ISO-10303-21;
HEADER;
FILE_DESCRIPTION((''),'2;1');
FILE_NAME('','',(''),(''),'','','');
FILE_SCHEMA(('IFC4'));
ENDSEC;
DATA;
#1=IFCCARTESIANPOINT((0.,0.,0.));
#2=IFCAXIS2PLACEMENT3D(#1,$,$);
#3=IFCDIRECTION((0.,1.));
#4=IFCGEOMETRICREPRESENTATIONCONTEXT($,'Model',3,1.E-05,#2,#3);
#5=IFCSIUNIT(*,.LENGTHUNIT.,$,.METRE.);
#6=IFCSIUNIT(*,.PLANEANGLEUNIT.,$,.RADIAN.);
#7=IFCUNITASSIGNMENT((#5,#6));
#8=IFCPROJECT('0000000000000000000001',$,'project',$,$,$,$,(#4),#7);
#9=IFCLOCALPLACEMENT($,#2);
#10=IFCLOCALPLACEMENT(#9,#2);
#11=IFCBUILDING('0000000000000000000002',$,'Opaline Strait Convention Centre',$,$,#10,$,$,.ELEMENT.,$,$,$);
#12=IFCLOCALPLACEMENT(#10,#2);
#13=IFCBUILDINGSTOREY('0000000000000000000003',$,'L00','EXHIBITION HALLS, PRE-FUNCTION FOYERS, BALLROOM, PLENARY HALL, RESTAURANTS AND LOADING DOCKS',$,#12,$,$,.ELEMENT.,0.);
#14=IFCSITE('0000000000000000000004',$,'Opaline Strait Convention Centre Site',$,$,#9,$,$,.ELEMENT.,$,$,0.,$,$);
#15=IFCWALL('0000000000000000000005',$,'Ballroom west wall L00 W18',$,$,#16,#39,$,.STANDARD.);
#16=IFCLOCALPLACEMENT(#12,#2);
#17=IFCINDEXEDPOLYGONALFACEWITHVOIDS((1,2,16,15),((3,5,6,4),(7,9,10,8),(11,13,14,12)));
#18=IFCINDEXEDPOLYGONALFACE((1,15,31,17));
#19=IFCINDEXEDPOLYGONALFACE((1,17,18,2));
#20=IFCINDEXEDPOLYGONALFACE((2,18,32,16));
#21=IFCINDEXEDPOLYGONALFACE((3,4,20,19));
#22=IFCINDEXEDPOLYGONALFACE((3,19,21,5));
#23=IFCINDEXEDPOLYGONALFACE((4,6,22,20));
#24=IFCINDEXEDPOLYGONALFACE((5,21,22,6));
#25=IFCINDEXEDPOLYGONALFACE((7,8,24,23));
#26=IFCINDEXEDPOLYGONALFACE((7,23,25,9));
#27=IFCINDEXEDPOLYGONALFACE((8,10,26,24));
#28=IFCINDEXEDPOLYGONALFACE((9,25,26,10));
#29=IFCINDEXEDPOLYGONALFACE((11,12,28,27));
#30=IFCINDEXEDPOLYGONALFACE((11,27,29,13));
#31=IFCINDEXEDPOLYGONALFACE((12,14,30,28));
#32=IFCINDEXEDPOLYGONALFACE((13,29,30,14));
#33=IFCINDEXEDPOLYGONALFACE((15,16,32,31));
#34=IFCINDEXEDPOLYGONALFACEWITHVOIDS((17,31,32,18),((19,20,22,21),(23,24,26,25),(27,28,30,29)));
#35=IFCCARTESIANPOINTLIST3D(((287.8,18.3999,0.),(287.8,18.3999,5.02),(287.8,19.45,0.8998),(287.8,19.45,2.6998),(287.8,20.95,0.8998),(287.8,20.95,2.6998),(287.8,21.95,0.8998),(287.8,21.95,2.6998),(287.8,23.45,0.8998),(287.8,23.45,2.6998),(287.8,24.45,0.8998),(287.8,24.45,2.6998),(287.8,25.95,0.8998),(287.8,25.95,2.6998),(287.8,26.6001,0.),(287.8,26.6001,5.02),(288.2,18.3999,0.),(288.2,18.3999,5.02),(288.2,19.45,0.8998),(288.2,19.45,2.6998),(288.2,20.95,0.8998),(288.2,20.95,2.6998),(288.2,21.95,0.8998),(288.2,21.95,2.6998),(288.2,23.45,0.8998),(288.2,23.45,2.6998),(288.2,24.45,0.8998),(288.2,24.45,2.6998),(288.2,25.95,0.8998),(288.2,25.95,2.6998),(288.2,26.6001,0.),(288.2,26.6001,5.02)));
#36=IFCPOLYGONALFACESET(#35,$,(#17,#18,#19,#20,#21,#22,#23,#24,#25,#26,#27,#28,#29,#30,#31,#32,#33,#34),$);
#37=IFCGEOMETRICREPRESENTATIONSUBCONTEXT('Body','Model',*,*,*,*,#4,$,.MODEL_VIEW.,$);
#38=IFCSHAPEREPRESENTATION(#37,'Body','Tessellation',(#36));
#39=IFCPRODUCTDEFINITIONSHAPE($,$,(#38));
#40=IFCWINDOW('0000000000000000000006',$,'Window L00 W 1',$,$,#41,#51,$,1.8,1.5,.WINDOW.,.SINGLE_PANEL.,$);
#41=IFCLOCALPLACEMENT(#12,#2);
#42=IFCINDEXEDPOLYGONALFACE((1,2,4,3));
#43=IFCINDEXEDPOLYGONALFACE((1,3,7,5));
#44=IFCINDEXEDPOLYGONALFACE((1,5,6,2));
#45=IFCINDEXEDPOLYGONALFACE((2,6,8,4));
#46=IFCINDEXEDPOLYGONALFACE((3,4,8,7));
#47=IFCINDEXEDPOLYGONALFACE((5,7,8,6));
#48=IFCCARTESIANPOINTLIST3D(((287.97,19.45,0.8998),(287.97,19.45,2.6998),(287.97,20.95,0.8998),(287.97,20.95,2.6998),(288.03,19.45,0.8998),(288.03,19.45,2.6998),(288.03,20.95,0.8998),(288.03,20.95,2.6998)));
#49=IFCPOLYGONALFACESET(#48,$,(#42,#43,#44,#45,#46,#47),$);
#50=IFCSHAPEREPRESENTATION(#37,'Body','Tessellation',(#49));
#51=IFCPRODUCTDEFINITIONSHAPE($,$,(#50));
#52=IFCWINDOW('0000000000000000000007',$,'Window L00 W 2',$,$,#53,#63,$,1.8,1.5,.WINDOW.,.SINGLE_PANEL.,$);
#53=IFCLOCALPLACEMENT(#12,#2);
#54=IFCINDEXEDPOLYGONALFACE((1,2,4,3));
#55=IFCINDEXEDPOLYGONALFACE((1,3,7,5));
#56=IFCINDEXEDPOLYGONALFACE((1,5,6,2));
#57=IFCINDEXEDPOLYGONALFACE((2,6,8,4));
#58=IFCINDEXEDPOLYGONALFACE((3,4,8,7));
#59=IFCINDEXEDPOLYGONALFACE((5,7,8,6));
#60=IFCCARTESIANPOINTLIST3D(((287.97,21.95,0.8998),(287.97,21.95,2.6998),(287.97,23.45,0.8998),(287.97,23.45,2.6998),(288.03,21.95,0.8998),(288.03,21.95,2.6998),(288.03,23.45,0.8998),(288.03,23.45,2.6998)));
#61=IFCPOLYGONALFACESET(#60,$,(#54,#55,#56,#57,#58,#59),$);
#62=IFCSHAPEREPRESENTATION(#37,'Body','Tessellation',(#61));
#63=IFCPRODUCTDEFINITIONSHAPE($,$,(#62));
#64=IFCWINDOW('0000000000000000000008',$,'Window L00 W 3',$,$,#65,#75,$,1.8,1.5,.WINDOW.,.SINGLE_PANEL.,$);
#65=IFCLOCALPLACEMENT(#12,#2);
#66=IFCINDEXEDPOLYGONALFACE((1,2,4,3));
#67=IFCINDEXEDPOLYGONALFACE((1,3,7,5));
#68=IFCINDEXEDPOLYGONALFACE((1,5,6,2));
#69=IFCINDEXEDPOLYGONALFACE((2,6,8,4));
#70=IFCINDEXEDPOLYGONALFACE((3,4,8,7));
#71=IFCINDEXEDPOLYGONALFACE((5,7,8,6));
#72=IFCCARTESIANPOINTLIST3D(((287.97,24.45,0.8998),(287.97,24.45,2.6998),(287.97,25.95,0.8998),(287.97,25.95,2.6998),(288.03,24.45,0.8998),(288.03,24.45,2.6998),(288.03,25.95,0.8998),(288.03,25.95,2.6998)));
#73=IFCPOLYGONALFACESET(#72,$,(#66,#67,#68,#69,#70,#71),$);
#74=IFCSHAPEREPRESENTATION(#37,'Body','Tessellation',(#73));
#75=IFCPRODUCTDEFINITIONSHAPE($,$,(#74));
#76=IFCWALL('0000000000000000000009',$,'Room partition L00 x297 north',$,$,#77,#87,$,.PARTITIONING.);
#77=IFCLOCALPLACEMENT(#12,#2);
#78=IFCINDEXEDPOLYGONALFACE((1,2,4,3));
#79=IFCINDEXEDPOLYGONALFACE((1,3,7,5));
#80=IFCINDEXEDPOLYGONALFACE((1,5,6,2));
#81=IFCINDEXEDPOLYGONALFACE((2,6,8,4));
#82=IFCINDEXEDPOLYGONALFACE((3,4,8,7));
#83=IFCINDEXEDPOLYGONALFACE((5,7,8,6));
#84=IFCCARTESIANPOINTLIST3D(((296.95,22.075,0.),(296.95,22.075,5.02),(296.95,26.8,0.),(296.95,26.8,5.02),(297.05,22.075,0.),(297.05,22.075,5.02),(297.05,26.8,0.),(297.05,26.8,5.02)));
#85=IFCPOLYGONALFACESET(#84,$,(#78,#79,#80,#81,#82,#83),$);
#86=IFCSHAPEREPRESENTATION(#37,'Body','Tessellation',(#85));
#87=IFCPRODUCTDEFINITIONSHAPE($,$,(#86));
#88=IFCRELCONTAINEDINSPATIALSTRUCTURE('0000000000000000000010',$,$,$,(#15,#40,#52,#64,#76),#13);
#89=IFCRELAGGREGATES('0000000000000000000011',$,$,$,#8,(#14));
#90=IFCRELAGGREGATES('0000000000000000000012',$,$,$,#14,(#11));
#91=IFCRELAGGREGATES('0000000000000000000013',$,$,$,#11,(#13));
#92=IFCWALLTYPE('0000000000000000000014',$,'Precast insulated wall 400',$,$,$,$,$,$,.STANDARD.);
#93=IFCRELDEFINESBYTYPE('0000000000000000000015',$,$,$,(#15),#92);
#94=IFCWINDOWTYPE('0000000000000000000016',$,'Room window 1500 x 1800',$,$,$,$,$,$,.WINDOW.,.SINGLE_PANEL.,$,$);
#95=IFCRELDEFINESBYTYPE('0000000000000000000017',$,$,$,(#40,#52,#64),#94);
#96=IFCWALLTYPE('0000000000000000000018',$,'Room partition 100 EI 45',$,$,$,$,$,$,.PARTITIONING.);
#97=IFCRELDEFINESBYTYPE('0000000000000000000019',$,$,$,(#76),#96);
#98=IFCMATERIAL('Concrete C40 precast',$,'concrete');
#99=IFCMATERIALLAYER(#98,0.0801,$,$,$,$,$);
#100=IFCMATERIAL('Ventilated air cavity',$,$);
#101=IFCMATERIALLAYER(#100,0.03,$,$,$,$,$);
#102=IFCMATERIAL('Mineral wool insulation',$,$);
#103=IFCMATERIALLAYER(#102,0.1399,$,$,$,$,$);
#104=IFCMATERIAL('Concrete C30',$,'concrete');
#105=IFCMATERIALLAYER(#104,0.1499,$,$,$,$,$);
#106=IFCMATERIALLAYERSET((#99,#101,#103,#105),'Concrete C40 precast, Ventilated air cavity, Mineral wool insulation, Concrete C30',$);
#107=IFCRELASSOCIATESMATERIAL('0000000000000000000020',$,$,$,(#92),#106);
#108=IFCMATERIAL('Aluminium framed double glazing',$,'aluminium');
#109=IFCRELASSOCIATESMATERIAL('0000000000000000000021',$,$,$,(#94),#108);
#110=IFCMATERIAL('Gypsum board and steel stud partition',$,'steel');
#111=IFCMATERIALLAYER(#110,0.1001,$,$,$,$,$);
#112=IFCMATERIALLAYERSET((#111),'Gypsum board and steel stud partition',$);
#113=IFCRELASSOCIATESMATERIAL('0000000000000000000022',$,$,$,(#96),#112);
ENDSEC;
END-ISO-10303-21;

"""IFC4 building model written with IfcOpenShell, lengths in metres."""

from ifc_helpers import new_model, si_unit, direction, frame, frame_2d, origin, place, context, subcontext, project, spatial, rectangle, extrude, material, layer, layer_set, type_object, element, fill, save


model = new_model("IFC4")

# Units and contexts
model_context = context("Model", 3, precision=1e-05, world=origin(), true_north=direction((0.0, 1.0)))
body_context = subcontext(model_context, "Body", "Model", "MODEL_VIEW")
ifc_project = project(units=[si_unit("LENGTHUNIT", "METRE"), si_unit("PLANEANGLEUNIT", "RADIAN")], contexts=[model_context])

# Site, building, storey
site_placement = place(None, origin())
site = spatial("IfcSite", under=ifc_project, at=site_placement, Name="Opaline Strait Convention Centre Site", CompositionType="ELEMENT", RefElevation=0.0)
building_placement = place(site_placement, origin())
building = spatial("IfcBuilding", under=site, at=building_placement, Name="Opaline Strait Convention Centre", CompositionType="ELEMENT")
storey_placement = place(building_placement, origin())
storey = spatial("IfcBuildingStorey", under=building, at=storey_placement, Name="L00", Description="EXHIBITION HALLS, PRE-FUNCTION FOYERS, BALLROOM, PLENARY HALL, RESTAURANTS AND LOADING DOCKS", CompositionType="ELEMENT", Elevation=0.0)

# Shared definitions
ifc_material_1 = material(Name="Gypsum board and steel stud partition", Category="steel")

# Wall, openings, windows
ifc_material_2 = material(Name="Concrete C40 precast", Category="concrete")
ifc_layer_1 = layer(ifc_material_2, 0.0801)
ifc_material_3 = material(Name="Ventilated air cavity")
ifc_layer_2 = layer(ifc_material_3, 0.03)
ifc_material_4 = material(Name="Mineral wool insulation")
ifc_layer_3 = layer(ifc_material_4, 0.1399)
ifc_material_5 = material(Name="Concrete C30", Category="concrete")
ifc_layer_4 = layer(ifc_material_5, 0.1499)
ifc_layer_set_1 = layer_set([ifc_layer_1, ifc_layer_2, ifc_layer_3, ifc_layer_4], Name="Concrete C40 precast, Ventilated air cavity, Mineral wool insulation, Concrete C30")
wall_type_1 = type_object("IfcWallType", Name="Precast insulated wall 400", PredefinedType="STANDARD", material=ifc_layer_set_1)
wall_1_placement = place(storey_placement, frame((288.0, 18.3999, 0.0), z_axis=(0.0, 0.0, 1.0), x_axis=(0.0, 1.0, 0.0)))
wall_1 = element("IfcWall", 1, at=wall_1_placement, inside=storey, type_object=wall_type_1, Name="Ballroom west wall L00 W18", PredefinedType="STANDARD", context=body_context, shape_type="SweptSolid", body=[
    extrude(rectangle(XDim=8.2002, YDim=0.3999, at=frame_2d((4.1001, 0.0))), origin(), (0.0, 0.0, 1.0), 5.02),
])
opening_1_placement = place(wall_1_placement, frame((1.05, 0.0, 0.8999)))
opening_1 = element("IfcOpeningElement", 2, at=opening_1_placement, cuts=wall_1, PredefinedType="OPENING", context=body_context, shape_type="SweptSolid", body=[
    extrude(rectangle(XDim=1.5, YDim=1.8, at=frame_2d((0.75, 0.8999))), frame((0.0, 0.21, 0.0), z_axis=(0.0, -1.0, 0.0), x_axis=(1.0, 0.0, 0.0)), (0.0, 0.0, 1.0), 0.4199),
])
opening_2_placement = place(wall_1_placement, frame((3.55, 0.0, 0.8999)))
opening_2 = element("IfcOpeningElement", 3, at=opening_2_placement, cuts=wall_1, PredefinedType="OPENING", context=body_context, shape_type="SweptSolid", body=[
    extrude(rectangle(XDim=1.5, YDim=1.8, at=frame_2d((0.75, 0.8999))), frame((0.0, 0.21, 0.0), z_axis=(0.0, -1.0, 0.0), x_axis=(1.0, 0.0, 0.0)), (0.0, 0.0, 1.0), 0.4199),
])
opening_3_placement = place(wall_1_placement, frame((6.05, 0.0, 0.8999)))
opening_3 = element("IfcOpeningElement", 4, at=opening_3_placement, cuts=wall_1, PredefinedType="OPENING", context=body_context, shape_type="SweptSolid", body=[
    extrude(rectangle(XDim=1.5, YDim=1.8, at=frame_2d((0.75, 0.8999))), frame((0.0, 0.21, 0.0), z_axis=(0.0, -1.0, 0.0), x_axis=(1.0, 0.0, 0.0)), (0.0, 0.0, 1.0), 0.4199),
])
ifc_material_6 = material(Name="Aluminium framed double glazing", Category="aluminium")
window_type = type_object("IfcWindowType", Name="Room window 1500 x 1800", PartitioningType="SINGLE_PANEL", PredefinedType="WINDOW", material=ifc_material_6)
window_1_placement = place(opening_1_placement, origin())
window_1 = element("IfcWindow", 5, at=window_1_placement, inside=storey, type_object=window_type, Name="Window L00 W 1", OverallHeight=1.8, OverallWidth=1.5, PartitioningType="SINGLE_PANEL", PredefinedType="WINDOW", context=body_context, shape_type="SweptSolid", body=[
    extrude(rectangle(XDim=1.5, YDim=1.8, at=frame_2d((0.75, 0.8999))), frame((0.0, 0.03, 0.0), z_axis=(0.0, -1.0, 0.0), x_axis=(1.0, 0.0, 0.0)), (0.0, 0.0, 1.0), 0.0601),
])
fill(opening_1, window_1)
window_2_placement = place(opening_2_placement, origin())
window_2 = element("IfcWindow", 6, at=window_2_placement, inside=storey, type_object=window_type, Name="Window L00 W 2", OverallHeight=1.8, OverallWidth=1.5, PartitioningType="SINGLE_PANEL", PredefinedType="WINDOW", context=body_context, shape_type="SweptSolid", body=[
    extrude(rectangle(XDim=1.5, YDim=1.8, at=frame_2d((0.75, 0.8999))), frame((0.0, 0.03, 0.0), z_axis=(0.0, -1.0, 0.0), x_axis=(1.0, 0.0, 0.0)), (0.0, 0.0, 1.0), 0.0601),
])
fill(opening_2, window_2)
window_3_placement = place(opening_3_placement, origin())
window_3 = element("IfcWindow", 7, at=window_3_placement, inside=storey, type_object=window_type, Name="Window L00 W 3", OverallHeight=1.8, OverallWidth=1.5, PartitioningType="SINGLE_PANEL", PredefinedType="WINDOW", context=body_context, shape_type="SweptSolid", body=[
    extrude(rectangle(XDim=1.5, YDim=1.8, at=frame_2d((0.75, 0.8999))), frame((0.0, 0.03, 0.0), z_axis=(0.0, -1.0, 0.0), x_axis=(1.0, 0.0, 0.0)), (0.0, 0.0, 1.0), 0.0601),
])
fill(opening_3, window_3)

# Wall
ifc_layer_5 = layer(ifc_material_1, 0.1001)
ifc_layer_set_2 = layer_set([ifc_layer_5], Name="Gypsum board and steel stud partition")
wall_type_2 = type_object("IfcWallType", Name="Room partition 100 EI 45", PredefinedType="PARTITIONING", material=ifc_layer_set_2)
wall_2_placement = place(storey_placement, frame((297.0, 22.075, 0.0), z_axis=(0.0, 0.0, 1.0), x_axis=(0.0, 1.0, 0.0)))
element("IfcWall", 8, at=wall_2_placement, inside=storey, type_object=wall_type_2, Name="Room partition L00 x297 north", PredefinedType="PARTITIONING", context=body_context, shape_type="SweptSolid", body=[
    extrude(rectangle(XDim=4.7251, YDim=0.1001, at=frame_2d((2.3625, 0.0))), origin(), (0.0, 0.0, 1.0), 5.02),
])

save(model, "model.ifc")
